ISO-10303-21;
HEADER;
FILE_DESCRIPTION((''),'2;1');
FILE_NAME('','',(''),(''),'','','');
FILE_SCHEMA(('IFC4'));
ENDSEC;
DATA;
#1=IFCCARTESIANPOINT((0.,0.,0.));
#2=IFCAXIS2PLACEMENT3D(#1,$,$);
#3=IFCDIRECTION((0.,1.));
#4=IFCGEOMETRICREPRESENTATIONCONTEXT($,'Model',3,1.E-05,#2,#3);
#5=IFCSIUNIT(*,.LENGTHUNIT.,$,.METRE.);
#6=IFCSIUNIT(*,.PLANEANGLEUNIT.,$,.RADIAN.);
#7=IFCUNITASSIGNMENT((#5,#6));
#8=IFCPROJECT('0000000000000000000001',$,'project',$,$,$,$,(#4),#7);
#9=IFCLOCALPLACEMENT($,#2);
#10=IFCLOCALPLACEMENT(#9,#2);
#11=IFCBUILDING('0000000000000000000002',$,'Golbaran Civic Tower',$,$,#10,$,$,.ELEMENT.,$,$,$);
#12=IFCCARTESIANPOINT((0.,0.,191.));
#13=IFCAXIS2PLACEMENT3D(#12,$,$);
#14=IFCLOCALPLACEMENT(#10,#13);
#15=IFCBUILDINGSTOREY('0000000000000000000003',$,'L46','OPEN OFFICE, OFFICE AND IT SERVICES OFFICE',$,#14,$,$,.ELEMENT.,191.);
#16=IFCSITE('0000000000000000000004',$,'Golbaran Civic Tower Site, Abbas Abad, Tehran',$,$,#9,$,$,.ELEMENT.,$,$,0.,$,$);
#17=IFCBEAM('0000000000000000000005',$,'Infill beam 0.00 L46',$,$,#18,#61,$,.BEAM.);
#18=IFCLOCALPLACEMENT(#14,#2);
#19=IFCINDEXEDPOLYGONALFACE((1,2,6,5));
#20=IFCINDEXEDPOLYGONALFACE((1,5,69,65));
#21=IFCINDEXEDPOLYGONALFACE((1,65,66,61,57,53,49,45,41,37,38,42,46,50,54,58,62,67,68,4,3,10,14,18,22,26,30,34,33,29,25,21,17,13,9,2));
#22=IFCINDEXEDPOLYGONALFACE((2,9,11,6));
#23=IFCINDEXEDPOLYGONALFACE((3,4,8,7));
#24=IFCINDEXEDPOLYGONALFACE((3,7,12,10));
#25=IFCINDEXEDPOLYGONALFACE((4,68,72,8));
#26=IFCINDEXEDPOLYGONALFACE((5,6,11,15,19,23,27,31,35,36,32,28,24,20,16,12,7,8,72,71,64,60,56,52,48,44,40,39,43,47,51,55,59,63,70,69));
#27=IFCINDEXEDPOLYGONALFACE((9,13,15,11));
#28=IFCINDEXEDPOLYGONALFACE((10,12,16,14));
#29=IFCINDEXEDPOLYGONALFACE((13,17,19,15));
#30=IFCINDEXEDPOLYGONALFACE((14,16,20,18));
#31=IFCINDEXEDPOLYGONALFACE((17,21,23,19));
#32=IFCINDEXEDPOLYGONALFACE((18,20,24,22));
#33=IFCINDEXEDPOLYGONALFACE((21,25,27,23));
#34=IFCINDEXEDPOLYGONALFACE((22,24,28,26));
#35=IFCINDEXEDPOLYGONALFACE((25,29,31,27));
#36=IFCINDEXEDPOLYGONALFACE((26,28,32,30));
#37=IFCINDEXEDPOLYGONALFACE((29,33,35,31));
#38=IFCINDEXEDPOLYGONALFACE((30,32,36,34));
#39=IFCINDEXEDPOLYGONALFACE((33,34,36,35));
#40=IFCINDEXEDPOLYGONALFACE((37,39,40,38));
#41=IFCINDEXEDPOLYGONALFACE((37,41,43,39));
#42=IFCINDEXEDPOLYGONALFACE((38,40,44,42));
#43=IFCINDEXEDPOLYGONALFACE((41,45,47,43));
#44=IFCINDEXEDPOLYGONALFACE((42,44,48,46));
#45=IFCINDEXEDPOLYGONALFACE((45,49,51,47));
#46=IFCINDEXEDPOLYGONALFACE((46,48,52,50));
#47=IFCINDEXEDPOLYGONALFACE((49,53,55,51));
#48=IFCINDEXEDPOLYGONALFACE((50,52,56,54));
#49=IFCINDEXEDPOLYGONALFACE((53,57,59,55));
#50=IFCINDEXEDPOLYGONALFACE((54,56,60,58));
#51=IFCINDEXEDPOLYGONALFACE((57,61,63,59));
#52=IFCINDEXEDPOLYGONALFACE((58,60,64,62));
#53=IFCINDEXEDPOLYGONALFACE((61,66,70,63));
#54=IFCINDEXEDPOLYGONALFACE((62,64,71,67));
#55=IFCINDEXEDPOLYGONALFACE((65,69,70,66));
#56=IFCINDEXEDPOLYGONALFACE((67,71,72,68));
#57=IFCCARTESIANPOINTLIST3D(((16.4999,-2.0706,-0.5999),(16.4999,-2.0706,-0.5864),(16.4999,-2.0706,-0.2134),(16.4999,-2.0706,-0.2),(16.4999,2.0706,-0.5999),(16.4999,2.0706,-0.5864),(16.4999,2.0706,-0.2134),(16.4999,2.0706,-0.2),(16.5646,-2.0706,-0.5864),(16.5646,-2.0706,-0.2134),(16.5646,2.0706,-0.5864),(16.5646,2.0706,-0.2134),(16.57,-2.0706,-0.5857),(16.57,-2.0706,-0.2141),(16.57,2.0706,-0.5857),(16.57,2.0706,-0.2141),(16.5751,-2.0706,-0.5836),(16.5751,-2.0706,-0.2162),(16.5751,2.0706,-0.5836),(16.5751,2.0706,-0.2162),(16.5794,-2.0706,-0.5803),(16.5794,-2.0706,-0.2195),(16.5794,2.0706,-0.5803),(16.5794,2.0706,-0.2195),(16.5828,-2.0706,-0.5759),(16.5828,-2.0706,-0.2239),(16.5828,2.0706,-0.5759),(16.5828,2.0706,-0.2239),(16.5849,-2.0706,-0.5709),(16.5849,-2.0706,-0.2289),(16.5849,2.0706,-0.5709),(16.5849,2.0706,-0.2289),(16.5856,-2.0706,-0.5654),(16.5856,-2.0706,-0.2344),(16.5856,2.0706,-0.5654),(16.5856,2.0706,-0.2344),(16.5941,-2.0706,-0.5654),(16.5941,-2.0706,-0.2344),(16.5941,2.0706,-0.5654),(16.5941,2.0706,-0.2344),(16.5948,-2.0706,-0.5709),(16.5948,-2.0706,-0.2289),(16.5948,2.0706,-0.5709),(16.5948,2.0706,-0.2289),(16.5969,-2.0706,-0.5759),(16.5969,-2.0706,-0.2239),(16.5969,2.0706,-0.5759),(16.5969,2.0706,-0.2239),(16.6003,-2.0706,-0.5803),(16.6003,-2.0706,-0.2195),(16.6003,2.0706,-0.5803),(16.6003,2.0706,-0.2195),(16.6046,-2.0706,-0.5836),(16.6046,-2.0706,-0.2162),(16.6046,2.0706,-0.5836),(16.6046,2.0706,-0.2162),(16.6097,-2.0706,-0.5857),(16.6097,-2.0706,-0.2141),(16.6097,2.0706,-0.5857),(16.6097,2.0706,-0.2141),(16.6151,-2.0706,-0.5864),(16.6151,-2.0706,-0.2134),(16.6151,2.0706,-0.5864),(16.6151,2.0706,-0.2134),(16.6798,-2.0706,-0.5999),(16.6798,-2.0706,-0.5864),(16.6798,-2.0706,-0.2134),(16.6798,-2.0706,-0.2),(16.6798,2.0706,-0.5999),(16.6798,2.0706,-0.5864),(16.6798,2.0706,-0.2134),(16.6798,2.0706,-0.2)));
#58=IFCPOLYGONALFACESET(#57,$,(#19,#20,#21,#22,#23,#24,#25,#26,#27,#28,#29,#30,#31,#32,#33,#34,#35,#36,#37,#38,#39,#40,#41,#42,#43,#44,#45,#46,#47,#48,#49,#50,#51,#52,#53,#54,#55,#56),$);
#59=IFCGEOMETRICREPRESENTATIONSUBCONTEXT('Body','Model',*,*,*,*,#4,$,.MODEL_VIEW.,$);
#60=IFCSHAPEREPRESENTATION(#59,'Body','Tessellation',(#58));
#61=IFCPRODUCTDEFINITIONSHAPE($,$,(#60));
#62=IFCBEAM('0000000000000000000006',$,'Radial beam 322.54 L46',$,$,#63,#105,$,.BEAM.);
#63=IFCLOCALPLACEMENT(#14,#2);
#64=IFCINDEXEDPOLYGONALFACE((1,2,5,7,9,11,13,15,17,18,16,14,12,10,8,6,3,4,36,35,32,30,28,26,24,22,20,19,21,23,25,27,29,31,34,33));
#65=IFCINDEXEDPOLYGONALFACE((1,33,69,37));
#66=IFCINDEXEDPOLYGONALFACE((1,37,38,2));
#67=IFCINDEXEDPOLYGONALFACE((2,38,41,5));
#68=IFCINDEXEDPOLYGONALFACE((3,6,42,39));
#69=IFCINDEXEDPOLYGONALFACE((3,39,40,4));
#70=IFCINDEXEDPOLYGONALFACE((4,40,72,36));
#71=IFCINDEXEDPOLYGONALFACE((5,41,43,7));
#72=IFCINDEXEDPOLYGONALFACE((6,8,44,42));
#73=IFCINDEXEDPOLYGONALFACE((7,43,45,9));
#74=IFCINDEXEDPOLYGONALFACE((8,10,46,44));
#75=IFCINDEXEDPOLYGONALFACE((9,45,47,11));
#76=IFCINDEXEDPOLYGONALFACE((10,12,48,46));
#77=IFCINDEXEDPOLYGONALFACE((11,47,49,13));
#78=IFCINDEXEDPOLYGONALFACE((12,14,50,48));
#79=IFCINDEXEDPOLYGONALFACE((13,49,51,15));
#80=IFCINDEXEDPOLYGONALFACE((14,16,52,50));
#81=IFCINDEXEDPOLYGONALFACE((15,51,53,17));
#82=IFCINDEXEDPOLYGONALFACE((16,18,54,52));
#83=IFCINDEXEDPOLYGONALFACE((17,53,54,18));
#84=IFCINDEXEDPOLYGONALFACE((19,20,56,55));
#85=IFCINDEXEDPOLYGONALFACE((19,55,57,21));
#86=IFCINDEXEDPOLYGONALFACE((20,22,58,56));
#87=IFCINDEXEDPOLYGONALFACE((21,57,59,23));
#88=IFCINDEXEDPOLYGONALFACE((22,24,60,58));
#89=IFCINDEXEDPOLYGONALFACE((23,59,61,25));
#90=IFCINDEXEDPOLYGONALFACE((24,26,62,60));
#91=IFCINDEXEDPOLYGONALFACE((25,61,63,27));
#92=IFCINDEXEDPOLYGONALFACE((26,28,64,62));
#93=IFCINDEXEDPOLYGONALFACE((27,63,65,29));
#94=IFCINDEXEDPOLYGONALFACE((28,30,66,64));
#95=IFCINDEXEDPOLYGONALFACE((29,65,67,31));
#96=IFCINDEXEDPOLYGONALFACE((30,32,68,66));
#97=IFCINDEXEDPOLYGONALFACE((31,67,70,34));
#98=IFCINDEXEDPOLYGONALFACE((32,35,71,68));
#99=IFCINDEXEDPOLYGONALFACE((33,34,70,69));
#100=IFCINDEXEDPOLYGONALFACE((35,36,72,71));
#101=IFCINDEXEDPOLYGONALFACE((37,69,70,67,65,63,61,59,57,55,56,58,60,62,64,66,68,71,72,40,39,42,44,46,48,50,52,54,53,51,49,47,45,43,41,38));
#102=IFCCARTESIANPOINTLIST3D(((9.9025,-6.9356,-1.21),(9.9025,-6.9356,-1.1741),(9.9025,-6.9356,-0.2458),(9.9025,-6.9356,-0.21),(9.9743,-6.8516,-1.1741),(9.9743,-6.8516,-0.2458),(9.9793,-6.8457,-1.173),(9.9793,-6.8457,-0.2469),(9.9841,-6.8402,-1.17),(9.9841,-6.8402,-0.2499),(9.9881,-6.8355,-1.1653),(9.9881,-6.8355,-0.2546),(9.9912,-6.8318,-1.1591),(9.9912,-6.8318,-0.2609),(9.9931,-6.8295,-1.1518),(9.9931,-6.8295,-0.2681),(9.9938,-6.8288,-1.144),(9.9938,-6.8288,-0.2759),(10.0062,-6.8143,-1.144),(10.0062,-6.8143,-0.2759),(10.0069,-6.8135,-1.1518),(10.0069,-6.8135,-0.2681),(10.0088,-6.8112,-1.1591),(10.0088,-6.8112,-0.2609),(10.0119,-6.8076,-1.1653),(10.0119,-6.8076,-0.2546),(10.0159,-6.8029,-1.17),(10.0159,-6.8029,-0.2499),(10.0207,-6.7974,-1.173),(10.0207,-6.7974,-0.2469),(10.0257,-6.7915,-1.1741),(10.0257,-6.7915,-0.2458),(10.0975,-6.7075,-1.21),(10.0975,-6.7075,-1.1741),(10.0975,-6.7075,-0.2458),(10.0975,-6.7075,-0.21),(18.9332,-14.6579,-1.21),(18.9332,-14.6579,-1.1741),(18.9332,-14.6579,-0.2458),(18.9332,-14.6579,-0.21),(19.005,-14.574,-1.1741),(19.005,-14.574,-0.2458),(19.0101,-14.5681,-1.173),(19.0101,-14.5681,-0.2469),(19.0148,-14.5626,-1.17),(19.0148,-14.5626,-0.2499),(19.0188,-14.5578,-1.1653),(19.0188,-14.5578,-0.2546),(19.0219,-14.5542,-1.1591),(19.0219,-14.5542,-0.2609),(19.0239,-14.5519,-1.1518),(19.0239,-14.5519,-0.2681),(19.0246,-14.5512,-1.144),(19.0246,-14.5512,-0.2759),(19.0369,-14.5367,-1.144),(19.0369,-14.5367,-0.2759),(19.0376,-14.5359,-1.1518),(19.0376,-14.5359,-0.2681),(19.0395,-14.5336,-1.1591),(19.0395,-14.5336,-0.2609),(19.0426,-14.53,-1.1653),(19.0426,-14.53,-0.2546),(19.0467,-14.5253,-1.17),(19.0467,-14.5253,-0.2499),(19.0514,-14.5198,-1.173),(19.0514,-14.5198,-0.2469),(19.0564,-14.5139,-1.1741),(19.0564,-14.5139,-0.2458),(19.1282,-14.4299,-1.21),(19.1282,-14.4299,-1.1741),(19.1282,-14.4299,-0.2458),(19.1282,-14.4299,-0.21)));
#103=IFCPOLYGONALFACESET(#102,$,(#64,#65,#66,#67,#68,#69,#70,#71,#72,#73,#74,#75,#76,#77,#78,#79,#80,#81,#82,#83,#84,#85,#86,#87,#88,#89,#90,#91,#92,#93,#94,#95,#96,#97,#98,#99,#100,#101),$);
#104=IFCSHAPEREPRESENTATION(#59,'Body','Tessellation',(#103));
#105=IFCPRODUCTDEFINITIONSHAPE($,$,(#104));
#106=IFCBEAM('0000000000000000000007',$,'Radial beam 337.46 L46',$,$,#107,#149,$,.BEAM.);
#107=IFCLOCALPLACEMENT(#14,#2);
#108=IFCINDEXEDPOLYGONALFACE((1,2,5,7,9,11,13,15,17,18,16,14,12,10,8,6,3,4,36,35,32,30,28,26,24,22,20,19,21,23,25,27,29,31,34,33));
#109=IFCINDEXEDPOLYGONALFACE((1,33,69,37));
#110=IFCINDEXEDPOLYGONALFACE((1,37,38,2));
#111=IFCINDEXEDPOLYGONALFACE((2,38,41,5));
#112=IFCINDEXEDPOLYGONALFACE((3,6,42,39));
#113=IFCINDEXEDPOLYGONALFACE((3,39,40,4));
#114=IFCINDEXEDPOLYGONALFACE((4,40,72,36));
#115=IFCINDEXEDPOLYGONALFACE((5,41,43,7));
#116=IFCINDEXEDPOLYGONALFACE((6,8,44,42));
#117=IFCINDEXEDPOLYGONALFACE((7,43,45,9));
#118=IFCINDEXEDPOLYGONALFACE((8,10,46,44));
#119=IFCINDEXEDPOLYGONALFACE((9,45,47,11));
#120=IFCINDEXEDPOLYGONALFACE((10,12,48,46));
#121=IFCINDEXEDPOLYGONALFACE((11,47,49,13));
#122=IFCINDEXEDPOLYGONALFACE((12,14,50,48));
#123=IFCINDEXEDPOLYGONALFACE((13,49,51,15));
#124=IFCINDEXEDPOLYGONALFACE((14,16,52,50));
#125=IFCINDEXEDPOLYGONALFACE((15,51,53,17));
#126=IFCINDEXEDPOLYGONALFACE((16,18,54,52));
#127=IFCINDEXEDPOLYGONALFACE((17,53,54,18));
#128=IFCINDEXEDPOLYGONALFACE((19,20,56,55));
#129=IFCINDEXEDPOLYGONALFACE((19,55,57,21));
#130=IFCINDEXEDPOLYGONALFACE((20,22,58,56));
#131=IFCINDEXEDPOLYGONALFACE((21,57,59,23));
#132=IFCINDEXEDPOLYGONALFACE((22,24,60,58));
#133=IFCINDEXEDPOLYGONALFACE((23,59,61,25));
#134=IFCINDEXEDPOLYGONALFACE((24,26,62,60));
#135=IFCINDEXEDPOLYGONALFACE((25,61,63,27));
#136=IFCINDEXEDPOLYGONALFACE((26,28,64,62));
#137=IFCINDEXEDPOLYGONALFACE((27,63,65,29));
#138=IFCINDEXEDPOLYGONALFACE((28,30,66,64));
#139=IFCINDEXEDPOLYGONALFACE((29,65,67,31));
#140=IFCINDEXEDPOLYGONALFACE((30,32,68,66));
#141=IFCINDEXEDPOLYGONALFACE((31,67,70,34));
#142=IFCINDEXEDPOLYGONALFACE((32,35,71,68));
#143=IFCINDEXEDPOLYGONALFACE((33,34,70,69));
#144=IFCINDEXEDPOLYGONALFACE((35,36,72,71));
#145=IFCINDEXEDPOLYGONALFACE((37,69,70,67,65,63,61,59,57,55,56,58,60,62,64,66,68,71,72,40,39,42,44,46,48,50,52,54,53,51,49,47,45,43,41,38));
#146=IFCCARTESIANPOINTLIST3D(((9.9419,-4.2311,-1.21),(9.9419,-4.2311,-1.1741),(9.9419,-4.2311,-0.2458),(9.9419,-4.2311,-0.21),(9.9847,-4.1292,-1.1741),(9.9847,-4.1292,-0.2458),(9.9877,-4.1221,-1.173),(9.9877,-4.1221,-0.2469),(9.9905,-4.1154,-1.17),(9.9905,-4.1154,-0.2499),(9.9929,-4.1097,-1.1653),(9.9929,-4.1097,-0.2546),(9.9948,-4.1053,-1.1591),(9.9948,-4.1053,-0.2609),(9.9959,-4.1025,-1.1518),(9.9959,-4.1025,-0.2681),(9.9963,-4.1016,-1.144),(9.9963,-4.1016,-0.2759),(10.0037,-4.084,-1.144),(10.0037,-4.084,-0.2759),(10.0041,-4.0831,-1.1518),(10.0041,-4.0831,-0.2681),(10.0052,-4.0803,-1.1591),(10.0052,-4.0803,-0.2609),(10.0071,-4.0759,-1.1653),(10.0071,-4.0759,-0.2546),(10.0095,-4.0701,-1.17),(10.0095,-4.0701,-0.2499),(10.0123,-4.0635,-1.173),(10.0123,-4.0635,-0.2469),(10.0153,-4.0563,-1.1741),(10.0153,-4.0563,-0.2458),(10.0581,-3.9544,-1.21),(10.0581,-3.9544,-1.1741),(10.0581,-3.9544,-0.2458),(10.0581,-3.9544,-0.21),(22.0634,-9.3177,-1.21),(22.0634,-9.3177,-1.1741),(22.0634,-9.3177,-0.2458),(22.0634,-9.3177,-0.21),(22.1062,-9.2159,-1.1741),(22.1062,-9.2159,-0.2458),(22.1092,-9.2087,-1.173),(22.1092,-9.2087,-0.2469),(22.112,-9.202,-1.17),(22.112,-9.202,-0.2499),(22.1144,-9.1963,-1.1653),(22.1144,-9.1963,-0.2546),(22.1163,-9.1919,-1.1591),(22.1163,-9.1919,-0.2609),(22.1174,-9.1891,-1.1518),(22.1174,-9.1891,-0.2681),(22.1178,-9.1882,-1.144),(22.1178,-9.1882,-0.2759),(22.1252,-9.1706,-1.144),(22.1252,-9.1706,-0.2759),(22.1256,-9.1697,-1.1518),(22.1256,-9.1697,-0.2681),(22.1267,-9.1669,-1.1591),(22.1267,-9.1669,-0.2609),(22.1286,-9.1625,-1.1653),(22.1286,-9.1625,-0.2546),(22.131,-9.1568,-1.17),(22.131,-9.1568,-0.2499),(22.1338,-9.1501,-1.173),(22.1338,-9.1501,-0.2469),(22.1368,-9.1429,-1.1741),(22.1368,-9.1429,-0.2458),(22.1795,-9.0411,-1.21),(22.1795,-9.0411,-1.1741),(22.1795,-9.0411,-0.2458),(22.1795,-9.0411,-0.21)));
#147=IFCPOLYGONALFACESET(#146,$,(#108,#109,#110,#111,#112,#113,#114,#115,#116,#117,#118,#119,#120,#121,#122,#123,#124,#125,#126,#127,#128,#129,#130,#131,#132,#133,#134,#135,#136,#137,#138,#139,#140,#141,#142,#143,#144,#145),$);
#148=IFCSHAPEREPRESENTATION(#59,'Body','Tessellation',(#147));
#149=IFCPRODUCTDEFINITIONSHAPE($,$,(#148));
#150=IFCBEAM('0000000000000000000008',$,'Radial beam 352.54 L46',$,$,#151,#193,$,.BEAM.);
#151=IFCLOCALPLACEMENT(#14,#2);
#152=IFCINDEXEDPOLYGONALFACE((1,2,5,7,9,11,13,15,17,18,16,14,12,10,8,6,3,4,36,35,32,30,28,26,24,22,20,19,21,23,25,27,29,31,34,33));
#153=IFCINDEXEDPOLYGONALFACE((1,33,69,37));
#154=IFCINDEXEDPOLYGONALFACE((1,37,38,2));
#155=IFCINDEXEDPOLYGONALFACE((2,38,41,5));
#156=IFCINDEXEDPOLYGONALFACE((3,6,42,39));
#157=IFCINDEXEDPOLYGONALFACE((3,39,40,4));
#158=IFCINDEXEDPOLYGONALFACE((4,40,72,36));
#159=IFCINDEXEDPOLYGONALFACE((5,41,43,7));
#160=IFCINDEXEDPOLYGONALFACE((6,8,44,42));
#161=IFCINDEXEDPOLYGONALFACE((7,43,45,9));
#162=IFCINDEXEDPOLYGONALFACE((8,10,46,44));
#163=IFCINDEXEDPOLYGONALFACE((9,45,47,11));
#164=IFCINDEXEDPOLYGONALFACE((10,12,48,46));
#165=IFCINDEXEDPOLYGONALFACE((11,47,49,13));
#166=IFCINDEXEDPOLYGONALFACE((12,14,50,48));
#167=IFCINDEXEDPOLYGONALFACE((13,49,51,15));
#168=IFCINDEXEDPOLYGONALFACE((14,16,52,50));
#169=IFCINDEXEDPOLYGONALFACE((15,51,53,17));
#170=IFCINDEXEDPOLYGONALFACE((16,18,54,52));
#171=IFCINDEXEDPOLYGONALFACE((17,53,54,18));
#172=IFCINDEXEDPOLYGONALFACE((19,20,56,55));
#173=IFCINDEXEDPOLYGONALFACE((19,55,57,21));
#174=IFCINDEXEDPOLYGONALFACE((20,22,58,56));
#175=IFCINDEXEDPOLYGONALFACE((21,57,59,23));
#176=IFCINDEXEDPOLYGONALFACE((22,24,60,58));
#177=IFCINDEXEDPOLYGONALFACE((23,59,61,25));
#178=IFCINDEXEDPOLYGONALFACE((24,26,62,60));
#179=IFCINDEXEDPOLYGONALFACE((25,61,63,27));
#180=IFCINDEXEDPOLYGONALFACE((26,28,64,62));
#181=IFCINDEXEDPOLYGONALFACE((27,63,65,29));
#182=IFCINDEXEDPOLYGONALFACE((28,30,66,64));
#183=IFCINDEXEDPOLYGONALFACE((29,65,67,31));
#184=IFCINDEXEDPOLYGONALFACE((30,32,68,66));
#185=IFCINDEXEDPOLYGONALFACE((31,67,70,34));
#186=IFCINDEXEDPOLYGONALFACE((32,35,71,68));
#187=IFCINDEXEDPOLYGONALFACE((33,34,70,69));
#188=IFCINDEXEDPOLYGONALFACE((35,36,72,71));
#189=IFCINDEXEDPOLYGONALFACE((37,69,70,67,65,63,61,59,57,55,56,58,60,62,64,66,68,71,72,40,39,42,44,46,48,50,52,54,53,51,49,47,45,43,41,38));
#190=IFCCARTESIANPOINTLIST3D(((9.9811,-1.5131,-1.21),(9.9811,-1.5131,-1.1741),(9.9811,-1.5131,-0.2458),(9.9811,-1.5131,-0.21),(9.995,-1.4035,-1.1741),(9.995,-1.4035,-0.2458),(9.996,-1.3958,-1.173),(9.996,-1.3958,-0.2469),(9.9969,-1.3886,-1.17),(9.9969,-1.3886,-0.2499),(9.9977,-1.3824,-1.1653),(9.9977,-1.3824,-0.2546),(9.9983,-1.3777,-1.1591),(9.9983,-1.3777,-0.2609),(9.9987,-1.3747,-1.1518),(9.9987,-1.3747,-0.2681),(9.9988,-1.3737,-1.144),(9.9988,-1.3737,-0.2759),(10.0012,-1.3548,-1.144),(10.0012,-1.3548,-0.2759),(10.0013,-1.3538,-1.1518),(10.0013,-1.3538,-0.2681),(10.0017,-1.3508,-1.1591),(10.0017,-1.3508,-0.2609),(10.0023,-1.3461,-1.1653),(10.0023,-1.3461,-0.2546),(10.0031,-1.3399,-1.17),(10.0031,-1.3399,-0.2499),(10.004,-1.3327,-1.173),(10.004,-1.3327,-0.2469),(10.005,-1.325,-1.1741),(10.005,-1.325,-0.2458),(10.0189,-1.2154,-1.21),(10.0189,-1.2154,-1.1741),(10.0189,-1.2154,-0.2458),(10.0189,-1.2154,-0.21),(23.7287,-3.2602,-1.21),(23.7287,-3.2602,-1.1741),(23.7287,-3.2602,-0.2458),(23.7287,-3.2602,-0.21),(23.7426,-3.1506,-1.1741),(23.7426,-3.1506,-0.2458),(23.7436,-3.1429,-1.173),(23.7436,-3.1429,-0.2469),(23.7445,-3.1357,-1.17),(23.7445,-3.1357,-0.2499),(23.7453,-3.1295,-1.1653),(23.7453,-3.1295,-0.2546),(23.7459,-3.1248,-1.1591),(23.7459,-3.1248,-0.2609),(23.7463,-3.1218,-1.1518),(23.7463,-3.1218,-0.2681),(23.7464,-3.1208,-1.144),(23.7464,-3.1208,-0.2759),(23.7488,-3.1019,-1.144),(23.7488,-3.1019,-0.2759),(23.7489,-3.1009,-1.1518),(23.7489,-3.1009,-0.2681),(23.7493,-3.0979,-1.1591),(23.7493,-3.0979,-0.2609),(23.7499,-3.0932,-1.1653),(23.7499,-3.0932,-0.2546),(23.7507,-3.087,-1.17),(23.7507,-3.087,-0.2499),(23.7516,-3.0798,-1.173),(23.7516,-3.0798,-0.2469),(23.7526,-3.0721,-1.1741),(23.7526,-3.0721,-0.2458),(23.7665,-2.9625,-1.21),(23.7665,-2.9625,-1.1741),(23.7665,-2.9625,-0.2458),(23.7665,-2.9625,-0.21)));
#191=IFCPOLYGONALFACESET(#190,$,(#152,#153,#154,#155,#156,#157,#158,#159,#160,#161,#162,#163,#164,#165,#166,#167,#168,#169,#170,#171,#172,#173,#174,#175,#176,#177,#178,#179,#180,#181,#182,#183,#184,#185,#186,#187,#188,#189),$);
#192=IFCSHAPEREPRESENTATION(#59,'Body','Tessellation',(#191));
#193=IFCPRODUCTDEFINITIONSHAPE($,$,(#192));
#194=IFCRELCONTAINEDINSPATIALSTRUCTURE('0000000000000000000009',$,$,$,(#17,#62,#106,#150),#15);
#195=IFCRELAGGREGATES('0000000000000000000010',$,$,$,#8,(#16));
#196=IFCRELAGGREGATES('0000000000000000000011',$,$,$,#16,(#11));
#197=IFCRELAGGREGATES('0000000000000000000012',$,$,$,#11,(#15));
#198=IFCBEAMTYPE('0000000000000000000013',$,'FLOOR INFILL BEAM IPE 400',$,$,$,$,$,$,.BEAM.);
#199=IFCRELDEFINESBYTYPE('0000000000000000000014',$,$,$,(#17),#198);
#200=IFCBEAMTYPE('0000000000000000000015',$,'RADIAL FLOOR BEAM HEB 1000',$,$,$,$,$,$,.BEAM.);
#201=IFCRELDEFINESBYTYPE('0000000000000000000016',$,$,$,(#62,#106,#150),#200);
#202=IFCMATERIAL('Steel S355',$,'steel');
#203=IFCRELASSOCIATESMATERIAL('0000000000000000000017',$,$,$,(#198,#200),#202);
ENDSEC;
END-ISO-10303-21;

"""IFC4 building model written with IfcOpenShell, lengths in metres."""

from ifc_helpers import new_model, si_unit, direction, frame, origin, origin_2d, place, context, subcontext, project, spatial, i_section, extrude, material, material_profile, profile_set, type_object, element, save


model = new_model("IFC4")

# Units and contexts
model_context = context("Model", 3, precision=1e-05, world=origin(), true_north=direction((0.0, 1.0)))
body_context = subcontext(model_context, "Body", "Model", "MODEL_VIEW")
ifc_project = project(units=[si_unit("LENGTHUNIT", "METRE"), si_unit("PLANEANGLEUNIT", "RADIAN")], contexts=[model_context])

# Site, building, storey
site_placement = place(None, origin())
site = spatial("IfcSite", under=ifc_project, at=site_placement, Name="Golbaran Civic Tower Site, Abbas Abad, Tehran", CompositionType="ELEMENT", RefElevation=0.0)
building_placement = place(site_placement, origin())
building = spatial("IfcBuilding", under=site, at=building_placement, Name="Golbaran Civic Tower", CompositionType="ELEMENT")
storey_placement = place(building_placement, frame((0.0, 0.0, 191.0)))
storey = spatial("IfcBuildingStorey", under=building, at=storey_placement, Name="L46", Description="OPEN OFFICE, OFFICE AND IT SERVICES OFFICE", CompositionType="ELEMENT", Elevation=191.0)

# Beams
ifc_material_1 = material(Name="Steel S355", Category="steel")
ifc_material_profile_1 = material_profile(ifc_material_1, i_section(OverallWidth=0.1799, OverallDepth=0.3999, WebThickness=0.0085, FlangeThickness=0.0134, FilletRadius=0.021, at=origin_2d()), Name="IPE 400")
ifc_profile_set_1 = profile_set([ifc_material_profile_1], Name="Steel S355")
beam_type_1 = type_object("IfcBeamType", Name="FLOOR INFILL BEAM IPE 400", PredefinedType="BEAM", material=ifc_profile_set_1)
beam_1_placement = place(storey_placement, frame((16.5898, -2.0706, -0.3999), z_axis=(0.0, 1.0, 0.0), x_axis=(-1.0, 0.0, 0.0)))
element("IfcBeam", 1, at=beam_1_placement, inside=storey, type_object=beam_type_1, Name="Infill beam 0.00 L46", PredefinedType="BEAM", context=body_context, shape_type="SweptSolid", body=[
    extrude(i_section(OverallWidth=0.1799, OverallDepth=0.3999, WebThickness=0.0085, FlangeThickness=0.0134, FilletRadius=0.021, at=origin_2d()), origin(), (0.0, 0.0, 1.0), 4.1411),
])
ifc_material_profile_2 = material_profile(ifc_material_1, i_section(OverallWidth=0.3, OverallDepth=1.0, WebThickness=0.019, FlangeThickness=0.0359, FilletRadius=0.03, at=origin_2d()), Name="HEB 1000")
ifc_profile_set_2 = profile_set([ifc_material_profile_2], Name="Steel S355")
beam_type_2 = type_object("IfcBeamType", Name="RADIAL FLOOR BEAM HEB 1000", PredefinedType="BEAM", material=ifc_profile_set_2)
beam_2_placement = place(storey_placement, frame((10.0, -6.8215, -0.71), z_axis=(0.760015, -0.649906, 0.0), x_axis=(0.649906, 0.760015, 0.0)))
element("IfcBeam", 2, at=beam_2_placement, inside=storey, type_object=beam_type_2, Name="Radial beam 322.54 L46", PredefinedType="BEAM", context=body_context, shape_type="SweptSolid", body=[
    extrude(i_section(OverallWidth=0.3, OverallDepth=1.0, WebThickness=0.019, FlangeThickness=0.0359, FilletRadius=0.03, at=origin_2d()), origin(), (0.0, 0.0, 1.0), 11.8823),
])
beam_3_placement = place(storey_placement, frame((10.0, -4.0928, -0.71), z_axis=(0.922101, -0.386948, 0.0), x_axis=(0.386948, 0.922101, 0.0)))
element("IfcBeam", 3, at=beam_3_placement, inside=storey, type_object=beam_type_2, Name="Radial beam 337.46 L46", PredefinedType="BEAM", context=body_context, shape_type="SweptSolid", body=[
    extrude(i_section(OverallWidth=0.3, OverallDepth=1.0, WebThickness=0.019, FlangeThickness=0.0359, FilletRadius=0.03, at=origin_2d()), origin(), (0.0, 0.0, 1.0), 13.1455),
])
beam_4_placement = place(storey_placement, frame((10.0, -1.3643, -0.71), z_axis=(0.992022, -0.126068, 0.0), x_axis=(0.126068, 0.992022, 0.0)))
element("IfcBeam", 4, at=beam_4_placement, inside=storey, type_object=beam_type_2, Name="Radial beam 352.54 L46", PredefinedType="BEAM", context=body_context, shape_type="SweptSolid", body=[
    extrude(i_section(OverallWidth=0.3, OverallDepth=1.0, WebThickness=0.019, FlangeThickness=0.0359, FilletRadius=0.03, at=origin_2d()), origin(), (0.0, 0.0, 1.0), 13.8582),
])

save(model, "model.ifc")
